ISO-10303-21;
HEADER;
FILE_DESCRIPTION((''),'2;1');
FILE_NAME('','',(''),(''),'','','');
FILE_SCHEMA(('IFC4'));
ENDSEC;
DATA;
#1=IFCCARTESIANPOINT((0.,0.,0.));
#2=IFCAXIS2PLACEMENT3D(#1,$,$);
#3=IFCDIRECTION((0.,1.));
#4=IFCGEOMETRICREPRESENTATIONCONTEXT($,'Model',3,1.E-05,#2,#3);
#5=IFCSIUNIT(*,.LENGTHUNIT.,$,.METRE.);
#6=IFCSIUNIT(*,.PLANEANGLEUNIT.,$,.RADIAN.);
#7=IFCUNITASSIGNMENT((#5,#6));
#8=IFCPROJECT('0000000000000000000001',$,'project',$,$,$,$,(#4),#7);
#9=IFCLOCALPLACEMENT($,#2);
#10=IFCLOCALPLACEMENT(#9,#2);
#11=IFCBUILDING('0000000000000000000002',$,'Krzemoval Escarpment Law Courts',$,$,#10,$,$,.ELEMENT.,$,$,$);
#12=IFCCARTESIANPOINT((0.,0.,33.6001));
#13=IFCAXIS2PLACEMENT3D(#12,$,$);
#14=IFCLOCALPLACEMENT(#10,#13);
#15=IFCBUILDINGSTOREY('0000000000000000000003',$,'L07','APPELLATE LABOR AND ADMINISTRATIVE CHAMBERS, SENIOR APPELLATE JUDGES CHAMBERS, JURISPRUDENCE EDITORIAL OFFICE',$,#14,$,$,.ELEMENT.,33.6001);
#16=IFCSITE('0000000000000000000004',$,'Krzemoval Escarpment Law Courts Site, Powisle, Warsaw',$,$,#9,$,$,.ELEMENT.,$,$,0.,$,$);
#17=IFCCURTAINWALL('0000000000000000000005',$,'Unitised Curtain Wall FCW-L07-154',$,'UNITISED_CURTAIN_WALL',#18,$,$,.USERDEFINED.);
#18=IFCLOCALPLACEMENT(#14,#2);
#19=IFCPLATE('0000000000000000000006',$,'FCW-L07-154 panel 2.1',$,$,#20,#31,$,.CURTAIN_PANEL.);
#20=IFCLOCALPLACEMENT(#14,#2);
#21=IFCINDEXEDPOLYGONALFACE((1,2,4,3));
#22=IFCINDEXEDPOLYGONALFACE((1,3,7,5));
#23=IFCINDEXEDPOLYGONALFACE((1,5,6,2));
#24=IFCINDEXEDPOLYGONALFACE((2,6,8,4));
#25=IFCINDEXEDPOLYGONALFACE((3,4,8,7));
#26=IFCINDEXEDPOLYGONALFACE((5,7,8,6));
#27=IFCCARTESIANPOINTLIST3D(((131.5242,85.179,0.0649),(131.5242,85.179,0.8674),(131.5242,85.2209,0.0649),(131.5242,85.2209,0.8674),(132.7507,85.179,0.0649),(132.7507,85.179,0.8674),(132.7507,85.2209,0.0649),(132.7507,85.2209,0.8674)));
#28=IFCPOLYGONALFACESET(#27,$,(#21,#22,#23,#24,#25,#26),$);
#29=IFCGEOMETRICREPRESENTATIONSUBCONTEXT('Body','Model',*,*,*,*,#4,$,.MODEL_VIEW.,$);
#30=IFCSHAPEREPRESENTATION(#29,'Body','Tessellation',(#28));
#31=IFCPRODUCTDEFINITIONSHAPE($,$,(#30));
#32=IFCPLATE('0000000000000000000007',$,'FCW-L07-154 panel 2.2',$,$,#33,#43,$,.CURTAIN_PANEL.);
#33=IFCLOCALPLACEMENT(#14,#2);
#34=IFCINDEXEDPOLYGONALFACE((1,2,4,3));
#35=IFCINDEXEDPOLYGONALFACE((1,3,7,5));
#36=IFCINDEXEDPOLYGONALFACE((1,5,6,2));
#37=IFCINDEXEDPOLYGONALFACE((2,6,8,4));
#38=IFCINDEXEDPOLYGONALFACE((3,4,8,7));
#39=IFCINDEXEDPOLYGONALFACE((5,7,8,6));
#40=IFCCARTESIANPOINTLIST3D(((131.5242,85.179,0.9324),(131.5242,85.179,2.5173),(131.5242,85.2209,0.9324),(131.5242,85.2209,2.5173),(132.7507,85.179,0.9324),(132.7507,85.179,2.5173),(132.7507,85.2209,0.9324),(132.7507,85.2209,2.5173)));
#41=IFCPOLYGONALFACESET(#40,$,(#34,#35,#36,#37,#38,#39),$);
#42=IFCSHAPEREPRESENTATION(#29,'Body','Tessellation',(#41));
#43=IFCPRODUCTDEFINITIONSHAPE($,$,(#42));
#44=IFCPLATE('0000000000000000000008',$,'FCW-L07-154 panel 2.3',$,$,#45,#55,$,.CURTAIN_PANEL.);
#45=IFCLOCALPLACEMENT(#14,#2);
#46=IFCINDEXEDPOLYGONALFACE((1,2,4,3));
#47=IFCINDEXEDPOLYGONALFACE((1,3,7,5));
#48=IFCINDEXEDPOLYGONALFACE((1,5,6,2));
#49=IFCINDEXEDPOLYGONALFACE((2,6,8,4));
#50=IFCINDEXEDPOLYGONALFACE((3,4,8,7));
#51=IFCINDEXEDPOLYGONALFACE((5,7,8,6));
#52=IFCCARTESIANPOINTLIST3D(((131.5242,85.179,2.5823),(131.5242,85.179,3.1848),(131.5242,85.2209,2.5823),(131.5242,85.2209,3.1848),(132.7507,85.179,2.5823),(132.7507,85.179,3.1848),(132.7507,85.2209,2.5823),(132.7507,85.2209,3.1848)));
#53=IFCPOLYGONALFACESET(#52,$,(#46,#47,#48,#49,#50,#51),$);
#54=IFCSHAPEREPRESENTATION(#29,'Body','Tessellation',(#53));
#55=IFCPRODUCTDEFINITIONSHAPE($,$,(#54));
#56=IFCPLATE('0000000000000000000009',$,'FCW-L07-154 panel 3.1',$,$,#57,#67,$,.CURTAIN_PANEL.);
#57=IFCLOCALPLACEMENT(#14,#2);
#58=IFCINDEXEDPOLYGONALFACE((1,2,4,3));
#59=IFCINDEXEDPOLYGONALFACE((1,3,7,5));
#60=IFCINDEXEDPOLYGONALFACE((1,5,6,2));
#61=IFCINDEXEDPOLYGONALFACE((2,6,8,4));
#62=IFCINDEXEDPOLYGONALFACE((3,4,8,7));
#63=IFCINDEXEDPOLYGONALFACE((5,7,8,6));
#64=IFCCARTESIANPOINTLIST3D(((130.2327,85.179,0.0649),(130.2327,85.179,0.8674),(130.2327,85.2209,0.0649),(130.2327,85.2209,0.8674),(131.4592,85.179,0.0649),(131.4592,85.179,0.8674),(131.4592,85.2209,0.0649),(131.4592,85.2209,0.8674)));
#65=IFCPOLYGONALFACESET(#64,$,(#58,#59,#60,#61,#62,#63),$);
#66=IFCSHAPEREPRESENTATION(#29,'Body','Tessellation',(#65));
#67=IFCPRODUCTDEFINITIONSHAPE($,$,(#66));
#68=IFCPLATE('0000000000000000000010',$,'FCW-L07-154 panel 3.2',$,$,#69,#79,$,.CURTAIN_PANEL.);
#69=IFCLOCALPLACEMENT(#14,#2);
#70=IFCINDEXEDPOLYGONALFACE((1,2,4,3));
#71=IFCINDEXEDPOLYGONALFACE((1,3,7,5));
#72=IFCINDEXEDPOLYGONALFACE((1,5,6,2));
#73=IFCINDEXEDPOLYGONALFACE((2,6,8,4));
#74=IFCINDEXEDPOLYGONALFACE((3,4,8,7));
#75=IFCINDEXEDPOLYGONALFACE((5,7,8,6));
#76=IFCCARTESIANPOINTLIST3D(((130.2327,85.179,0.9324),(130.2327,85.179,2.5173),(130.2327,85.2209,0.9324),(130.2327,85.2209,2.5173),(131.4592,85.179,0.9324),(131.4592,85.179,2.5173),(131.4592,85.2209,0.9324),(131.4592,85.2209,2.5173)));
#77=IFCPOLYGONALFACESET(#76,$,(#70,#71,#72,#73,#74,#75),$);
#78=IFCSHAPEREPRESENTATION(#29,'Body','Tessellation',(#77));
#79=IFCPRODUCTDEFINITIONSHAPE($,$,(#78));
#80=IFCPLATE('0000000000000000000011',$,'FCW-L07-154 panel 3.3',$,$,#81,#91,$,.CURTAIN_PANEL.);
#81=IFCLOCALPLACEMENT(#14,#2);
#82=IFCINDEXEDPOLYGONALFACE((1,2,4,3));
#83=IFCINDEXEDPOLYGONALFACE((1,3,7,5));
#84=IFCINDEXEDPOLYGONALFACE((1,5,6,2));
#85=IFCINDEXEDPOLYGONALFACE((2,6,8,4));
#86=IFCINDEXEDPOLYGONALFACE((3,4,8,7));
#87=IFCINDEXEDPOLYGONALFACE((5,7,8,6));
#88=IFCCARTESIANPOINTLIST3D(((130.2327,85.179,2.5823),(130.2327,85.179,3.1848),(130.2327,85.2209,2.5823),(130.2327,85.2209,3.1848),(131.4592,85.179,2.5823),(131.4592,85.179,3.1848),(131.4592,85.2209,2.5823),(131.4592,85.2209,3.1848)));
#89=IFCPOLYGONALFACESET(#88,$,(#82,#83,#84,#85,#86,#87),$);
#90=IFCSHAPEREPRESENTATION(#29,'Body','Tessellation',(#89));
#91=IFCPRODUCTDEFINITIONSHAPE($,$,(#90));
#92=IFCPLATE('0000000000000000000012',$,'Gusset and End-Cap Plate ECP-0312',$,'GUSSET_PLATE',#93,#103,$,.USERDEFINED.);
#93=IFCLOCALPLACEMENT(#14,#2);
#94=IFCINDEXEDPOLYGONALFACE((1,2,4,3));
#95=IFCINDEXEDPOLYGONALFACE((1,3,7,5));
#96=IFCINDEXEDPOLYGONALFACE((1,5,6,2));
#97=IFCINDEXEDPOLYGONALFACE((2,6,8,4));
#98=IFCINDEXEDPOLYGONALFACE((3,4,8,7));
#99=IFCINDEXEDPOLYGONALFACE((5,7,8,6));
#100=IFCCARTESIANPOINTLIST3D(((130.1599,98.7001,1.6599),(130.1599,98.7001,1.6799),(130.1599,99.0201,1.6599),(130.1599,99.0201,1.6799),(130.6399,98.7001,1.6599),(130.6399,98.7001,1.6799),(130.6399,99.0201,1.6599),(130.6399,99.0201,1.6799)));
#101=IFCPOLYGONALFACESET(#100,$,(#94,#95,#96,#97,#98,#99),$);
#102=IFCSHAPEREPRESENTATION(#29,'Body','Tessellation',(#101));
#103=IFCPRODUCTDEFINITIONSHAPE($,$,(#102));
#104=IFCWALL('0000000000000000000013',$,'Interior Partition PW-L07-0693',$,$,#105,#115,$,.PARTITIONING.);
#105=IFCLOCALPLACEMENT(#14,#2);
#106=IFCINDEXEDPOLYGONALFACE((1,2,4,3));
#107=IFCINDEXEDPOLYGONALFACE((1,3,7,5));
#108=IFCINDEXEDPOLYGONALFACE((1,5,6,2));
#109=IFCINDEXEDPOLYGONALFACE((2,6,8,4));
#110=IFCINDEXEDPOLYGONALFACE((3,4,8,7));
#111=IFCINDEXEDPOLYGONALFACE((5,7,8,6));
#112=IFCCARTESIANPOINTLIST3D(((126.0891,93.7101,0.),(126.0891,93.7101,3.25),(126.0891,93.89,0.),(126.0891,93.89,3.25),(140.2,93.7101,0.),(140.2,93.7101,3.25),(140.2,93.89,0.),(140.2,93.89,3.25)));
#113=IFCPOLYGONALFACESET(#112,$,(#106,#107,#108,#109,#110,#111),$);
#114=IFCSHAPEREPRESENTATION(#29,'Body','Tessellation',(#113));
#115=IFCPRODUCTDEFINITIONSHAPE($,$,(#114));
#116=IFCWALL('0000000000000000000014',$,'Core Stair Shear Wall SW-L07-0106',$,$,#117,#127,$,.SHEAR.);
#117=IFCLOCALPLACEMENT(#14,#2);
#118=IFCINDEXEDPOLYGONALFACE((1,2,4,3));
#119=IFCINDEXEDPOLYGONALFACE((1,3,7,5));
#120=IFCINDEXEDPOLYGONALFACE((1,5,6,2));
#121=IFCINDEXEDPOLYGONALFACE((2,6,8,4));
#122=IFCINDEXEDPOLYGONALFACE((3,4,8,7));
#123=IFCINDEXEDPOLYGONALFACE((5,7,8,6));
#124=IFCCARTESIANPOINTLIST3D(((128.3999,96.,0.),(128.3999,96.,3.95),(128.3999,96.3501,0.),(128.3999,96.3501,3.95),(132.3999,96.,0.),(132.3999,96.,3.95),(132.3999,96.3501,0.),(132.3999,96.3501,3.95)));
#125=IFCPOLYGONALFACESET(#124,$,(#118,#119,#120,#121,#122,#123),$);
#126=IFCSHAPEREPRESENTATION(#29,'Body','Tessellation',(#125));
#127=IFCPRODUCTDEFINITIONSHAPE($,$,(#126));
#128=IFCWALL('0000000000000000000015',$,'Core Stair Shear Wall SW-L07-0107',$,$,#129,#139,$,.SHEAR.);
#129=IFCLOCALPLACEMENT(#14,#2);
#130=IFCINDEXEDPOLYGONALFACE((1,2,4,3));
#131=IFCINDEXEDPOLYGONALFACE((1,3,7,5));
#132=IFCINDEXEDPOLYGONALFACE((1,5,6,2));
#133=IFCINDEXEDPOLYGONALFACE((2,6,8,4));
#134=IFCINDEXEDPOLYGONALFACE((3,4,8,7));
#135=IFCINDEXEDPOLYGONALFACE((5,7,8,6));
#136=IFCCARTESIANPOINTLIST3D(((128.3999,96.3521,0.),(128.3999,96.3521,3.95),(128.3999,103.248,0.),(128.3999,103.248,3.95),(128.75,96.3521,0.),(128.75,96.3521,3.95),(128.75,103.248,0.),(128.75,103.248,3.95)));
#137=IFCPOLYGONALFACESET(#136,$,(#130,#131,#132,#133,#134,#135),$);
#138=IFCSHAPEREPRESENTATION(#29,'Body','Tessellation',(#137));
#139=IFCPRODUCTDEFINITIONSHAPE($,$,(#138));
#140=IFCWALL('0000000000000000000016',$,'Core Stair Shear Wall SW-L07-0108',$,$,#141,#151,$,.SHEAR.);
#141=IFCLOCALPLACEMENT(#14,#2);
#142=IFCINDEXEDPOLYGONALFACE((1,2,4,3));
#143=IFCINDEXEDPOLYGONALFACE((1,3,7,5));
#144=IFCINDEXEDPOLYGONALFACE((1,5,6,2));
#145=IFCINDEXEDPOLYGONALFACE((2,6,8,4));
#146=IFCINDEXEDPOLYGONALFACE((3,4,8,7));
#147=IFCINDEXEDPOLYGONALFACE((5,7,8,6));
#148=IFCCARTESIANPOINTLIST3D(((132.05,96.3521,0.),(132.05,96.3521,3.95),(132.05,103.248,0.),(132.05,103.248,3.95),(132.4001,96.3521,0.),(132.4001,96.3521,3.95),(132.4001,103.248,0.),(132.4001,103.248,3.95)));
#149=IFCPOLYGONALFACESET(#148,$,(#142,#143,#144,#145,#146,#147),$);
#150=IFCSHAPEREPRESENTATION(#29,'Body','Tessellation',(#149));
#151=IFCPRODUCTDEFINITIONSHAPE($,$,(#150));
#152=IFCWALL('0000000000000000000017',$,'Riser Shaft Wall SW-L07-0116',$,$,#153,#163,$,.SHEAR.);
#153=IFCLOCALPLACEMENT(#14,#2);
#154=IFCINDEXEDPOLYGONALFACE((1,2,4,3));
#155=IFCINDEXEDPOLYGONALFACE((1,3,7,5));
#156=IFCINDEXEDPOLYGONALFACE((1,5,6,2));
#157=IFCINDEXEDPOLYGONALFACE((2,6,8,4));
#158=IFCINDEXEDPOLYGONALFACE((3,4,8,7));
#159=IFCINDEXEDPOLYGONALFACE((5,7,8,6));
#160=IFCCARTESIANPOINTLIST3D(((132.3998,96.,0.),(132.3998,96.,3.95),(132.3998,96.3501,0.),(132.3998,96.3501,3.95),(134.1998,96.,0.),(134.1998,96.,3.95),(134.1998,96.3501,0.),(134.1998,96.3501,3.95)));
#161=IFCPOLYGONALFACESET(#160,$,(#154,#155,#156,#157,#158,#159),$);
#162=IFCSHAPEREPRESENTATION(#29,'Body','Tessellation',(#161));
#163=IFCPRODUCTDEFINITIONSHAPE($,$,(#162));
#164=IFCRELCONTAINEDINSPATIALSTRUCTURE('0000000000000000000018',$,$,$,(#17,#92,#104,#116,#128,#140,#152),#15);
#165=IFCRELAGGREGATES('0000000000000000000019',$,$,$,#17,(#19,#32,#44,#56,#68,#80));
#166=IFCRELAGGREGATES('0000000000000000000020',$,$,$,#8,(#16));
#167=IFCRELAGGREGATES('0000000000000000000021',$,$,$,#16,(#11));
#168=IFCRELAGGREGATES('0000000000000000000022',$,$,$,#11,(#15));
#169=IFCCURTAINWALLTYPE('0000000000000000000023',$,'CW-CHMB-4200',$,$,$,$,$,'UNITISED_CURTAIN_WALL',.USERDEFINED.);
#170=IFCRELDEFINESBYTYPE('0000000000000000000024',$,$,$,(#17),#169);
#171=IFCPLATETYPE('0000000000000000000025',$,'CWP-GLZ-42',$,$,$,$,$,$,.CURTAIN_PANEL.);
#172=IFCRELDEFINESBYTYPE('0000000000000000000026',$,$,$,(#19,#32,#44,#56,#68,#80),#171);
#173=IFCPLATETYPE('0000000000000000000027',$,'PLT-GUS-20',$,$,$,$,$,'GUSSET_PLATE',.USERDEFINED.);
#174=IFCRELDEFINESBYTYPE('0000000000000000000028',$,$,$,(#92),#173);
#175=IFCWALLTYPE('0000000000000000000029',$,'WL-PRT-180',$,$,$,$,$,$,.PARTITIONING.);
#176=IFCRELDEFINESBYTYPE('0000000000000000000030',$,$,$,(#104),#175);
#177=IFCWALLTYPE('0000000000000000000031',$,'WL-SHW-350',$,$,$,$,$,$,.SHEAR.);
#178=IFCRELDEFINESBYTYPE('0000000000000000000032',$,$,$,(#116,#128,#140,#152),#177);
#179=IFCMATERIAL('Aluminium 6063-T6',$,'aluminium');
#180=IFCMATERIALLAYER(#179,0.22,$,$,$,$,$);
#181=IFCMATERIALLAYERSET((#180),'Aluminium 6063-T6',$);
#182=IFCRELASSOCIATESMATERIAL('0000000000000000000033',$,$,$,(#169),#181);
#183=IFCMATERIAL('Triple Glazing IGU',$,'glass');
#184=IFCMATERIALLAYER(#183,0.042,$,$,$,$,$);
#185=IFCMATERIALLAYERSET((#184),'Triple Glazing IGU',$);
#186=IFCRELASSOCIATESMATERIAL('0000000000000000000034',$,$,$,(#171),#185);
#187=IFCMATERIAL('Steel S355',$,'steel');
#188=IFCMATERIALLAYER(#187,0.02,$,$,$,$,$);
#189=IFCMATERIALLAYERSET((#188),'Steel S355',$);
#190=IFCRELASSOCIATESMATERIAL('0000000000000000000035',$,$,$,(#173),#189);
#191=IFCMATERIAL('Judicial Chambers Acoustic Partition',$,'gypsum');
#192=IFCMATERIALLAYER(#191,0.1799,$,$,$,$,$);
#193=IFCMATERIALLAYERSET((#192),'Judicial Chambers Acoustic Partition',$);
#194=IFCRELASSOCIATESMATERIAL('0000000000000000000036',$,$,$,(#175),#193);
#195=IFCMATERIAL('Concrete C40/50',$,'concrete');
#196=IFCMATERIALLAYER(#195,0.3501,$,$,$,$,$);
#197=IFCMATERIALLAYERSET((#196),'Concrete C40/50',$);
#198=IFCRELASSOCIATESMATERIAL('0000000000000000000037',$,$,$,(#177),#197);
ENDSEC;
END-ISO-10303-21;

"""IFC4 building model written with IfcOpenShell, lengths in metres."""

from ifc_helpers import new_model, si_unit, direction, frame, frame_2d, origin, origin_2d, place, context, subcontext, project, spatial, rectangle, extrude, material, layer, layer_set, type_object, element, aggregate, save


model = new_model("IFC4")

# Units and contexts
model_context = context("Model", 3, precision=1e-05, world=origin(), true_north=direction((0.0, 1.0)))
body_context = subcontext(model_context, "Body", "Model", "MODEL_VIEW")
ifc_project = project(units=[si_unit("LENGTHUNIT", "METRE"), si_unit("PLANEANGLEUNIT", "RADIAN")], contexts=[model_context])

# Site, building, storey
site_placement = place(None, origin())
site = spatial("IfcSite", under=ifc_project, at=site_placement, Name="Krzemoval Escarpment Law Courts Site, Powisle, Warsaw", CompositionType="ELEMENT", RefElevation=0.0)
building_placement = place(site_placement, origin())
building = spatial("IfcBuilding", under=site, at=building_placement, Name="Krzemoval Escarpment Law Courts", CompositionType="ELEMENT")
storey_placement = place(building_placement, frame((0.0, 0.0, 33.6001)))
storey = spatial("IfcBuildingStorey", under=building, at=storey_placement, Name="L07", Description="APPELLATE LABOR AND ADMINISTRATIVE CHAMBERS, SENIOR APPELLATE JUDGES CHAMBERS, JURISPRUDENCE EDITORIAL OFFICE", CompositionType="ELEMENT", Elevation=33.6001)

# Curtain wall
ifc_material_1 = material(Name="Aluminium 6063-T6", Category="aluminium")
ifc_layer_1 = layer(ifc_material_1, 0.22)
ifc_layer_set_1 = layer_set([ifc_layer_1], Name="Aluminium 6063-T6")
curtain_wall_type = type_object("IfcCurtainWallType", Name="CW-CHMB-4200", ElementType="UNITISED_CURTAIN_WALL", PredefinedType="USERDEFINED", material=ifc_layer_set_1)
curtain_wall_placement = place(storey_placement, origin())
curtain_wall = element("IfcCurtainWall", 1, at=curtain_wall_placement, inside=storey, type_object=curtain_wall_type, Name="Unitised Curtain Wall FCW-L07-154", ObjectType="UNITISED_CURTAIN_WALL", PredefinedType="USERDEFINED")

# Plates
ifc_material_2 = material(Name="Triple Glazing IGU", Category="glass")
ifc_layer_2 = layer(ifc_material_2, 0.042)
ifc_layer_set_2 = layer_set([ifc_layer_2], Name="Triple Glazing IGU")
plate_type_1 = type_object("IfcPlateType", Name="CWP-GLZ-42", PredefinedType="CURTAIN_PANEL", material=ifc_layer_set_2)
plate_1_placement = place(storey_placement, frame((132.1375, 85.2, 0.0649), z_axis=(0.0, 0.0, 1.0), x_axis=(-1.0, 0.0, 0.0)))
plate_1 = element("IfcPlate", 2, at=plate_1_placement, type_object=plate_type_1, Name="FCW-L07-154 panel 2.1", PredefinedType="CURTAIN_PANEL", context=body_context, shape_type="SweptSolid", body=[
    extrude(rectangle(XDim=1.2266, YDim=0.042, at=origin_2d()), origin(), (0.0, 0.0, 1.0), 0.8025),
])
plate_2_placement = place(storey_placement, frame((132.1375, 85.2, 0.9324), z_axis=(0.0, 0.0, 1.0), x_axis=(-1.0, 0.0, 0.0)))
plate_2 = element("IfcPlate", 3, at=plate_2_placement, type_object=plate_type_1, Name="FCW-L07-154 panel 2.2", PredefinedType="CURTAIN_PANEL", context=body_context, shape_type="SweptSolid", body=[
    extrude(rectangle(XDim=1.2266, YDim=0.042, at=origin_2d()), origin(), (0.0, 0.0, 1.0), 1.585),
])
plate_3_placement = place(storey_placement, frame((132.1375, 85.2, 2.5823), z_axis=(0.0, 0.0, 1.0), x_axis=(-1.0, 0.0, 0.0)))
plate_3 = element("IfcPlate", 4, at=plate_3_placement, type_object=plate_type_1, Name="FCW-L07-154 panel 2.3", PredefinedType="CURTAIN_PANEL", context=body_context, shape_type="SweptSolid", body=[
    extrude(rectangle(XDim=1.2266, YDim=0.042, at=origin_2d()), origin(), (0.0, 0.0, 1.0), 0.6025),
])
plate_4_placement = place(storey_placement, frame((130.8459, 85.2, 0.0649), z_axis=(0.0, 0.0, 1.0), x_axis=(-1.0, 0.0, 0.0)))
plate_4 = element("IfcPlate", 5, at=plate_4_placement, type_object=plate_type_1, Name="FCW-L07-154 panel 3.1", PredefinedType="CURTAIN_PANEL", context=body_context, shape_type="SweptSolid", body=[
    extrude(rectangle(XDim=1.2266, YDim=0.042, at=origin_2d()), origin(), (0.0, 0.0, 1.0), 0.8025),
])
plate_5_placement = place(storey_placement, frame((130.8459, 85.2, 0.9324), z_axis=(0.0, 0.0, 1.0), x_axis=(-1.0, 0.0, 0.0)))
plate_5 = element("IfcPlate", 6, at=plate_5_placement, type_object=plate_type_1, Name="FCW-L07-154 panel 3.2", PredefinedType="CURTAIN_PANEL", context=body_context, shape_type="SweptSolid", body=[
    extrude(rectangle(XDim=1.2266, YDim=0.042, at=origin_2d()), origin(), (0.0, 0.0, 1.0), 1.585),
])
plate_6_placement = place(storey_placement, frame((130.8459, 85.2, 2.5823), z_axis=(0.0, 0.0, 1.0), x_axis=(-1.0, 0.0, 0.0)))
plate_6 = element("IfcPlate", 7, at=plate_6_placement, type_object=plate_type_1, Name="FCW-L07-154 panel 3.3", PredefinedType="CURTAIN_PANEL", context=body_context, shape_type="SweptSolid", body=[
    extrude(rectangle(XDim=1.2266, YDim=0.042, at=origin_2d()), origin(), (0.0, 0.0, 1.0), 0.6025),
])
aggregate(curtain_wall, [plate_1, plate_2, plate_3, plate_4, plate_5, plate_6])
ifc_material_3 = material(Name="Steel S355", Category="steel")
ifc_layer_3 = layer(ifc_material_3, 0.02)
ifc_layer_set_3 = layer_set([ifc_layer_3], Name="Steel S355")
plate_type_2 = type_object("IfcPlateType", Name="PLT-GUS-20", ElementType="GUSSET_PLATE", PredefinedType="USERDEFINED", material=ifc_layer_set_3)
plate_7_placement = place(storey_placement, frame((130.3999, 98.8601, 1.6599), z_axis=(0.0, 0.0, 1.0), x_axis=(1.0, 0.0, 0.0)))
element("IfcPlate", 8, at=plate_7_placement, inside=storey, type_object=plate_type_2, Name="Gusset and End-Cap Plate ECP-0312", ObjectType="GUSSET_PLATE", PredefinedType="USERDEFINED", context=body_context, shape_type="SweptSolid", body=[
    extrude(rectangle(XDim=0.48, YDim=0.3201, at=origin_2d()), origin(), (0.0, 0.0, 1.0), 0.02),
])

# Walls
ifc_material_4 = material(Name="Judicial Chambers Acoustic Partition", Category="gypsum")
ifc_layer_4 = layer(ifc_material_4, 0.1799)
ifc_layer_set_4 = layer_set([ifc_layer_4], Name="Judicial Chambers Acoustic Partition")
wall_type_1 = type_object("IfcWallType", Name="WL-PRT-180", PredefinedType="PARTITIONING", material=ifc_layer_set_4)
wall_1_placement = place(storey_placement, frame((126.0891, 93.8, 0.0), z_axis=(0.0, 0.0, 1.0), x_axis=(1.0, 0.0, 0.0)))
element("IfcWall", 9, at=wall_1_placement, inside=storey, type_object=wall_type_1, Name="Interior Partition PW-L07-0693", PredefinedType="PARTITIONING", context=body_context, shape_type="SweptSolid", body=[
    extrude(rectangle(XDim=14.1108, YDim=0.1799, at=frame_2d((7.0554, 0.0))), origin(), (0.0, 0.0, 1.0), 3.25),
])
ifc_material_5 = material(Name="Concrete C40/50", Category="concrete")
ifc_layer_5 = layer(ifc_material_5, 0.3501)
ifc_layer_set_5 = layer_set([ifc_layer_5], Name="Concrete C40/50")
wall_type_2 = type_object("IfcWallType", Name="WL-SHW-350", PredefinedType="SHEAR", material=ifc_layer_set_5)
wall_2_placement = place(storey_placement, frame((128.3999, 96.175, 0.0), z_axis=(0.0, 0.0, 1.0), x_axis=(1.0, 0.0, 0.0)))
element("IfcWall", 10, at=wall_2_placement, inside=storey, type_object=wall_type_2, Name="Core Stair Shear Wall SW-L07-0106", PredefinedType="SHEAR", context=body_context, shape_type="SweptSolid", body=[
    extrude(rectangle(XDim=4.0, YDim=0.3501, at=frame_2d((2.0, 0.0))), origin(), (0.0, 0.0, 1.0), 3.95),
])
for number, where, z_axis, x_axis, name in (
    (11, (128.575, 96.3521, 0.0), (0.0, 0.0, 1.0), (0.0, 1.0, 0.0), "Core Stair Shear Wall SW-L07-0107"),
    (12, (132.2251, 96.3521, 0.0), (0.0, 0.0, 1.0), (0.0, 1.0, 0.0), "Core Stair Shear Wall SW-L07-0108"),
):
    element("IfcWall", number, at=place(storey_placement, frame(where, z_axis=z_axis, x_axis=x_axis)), inside=storey, type_object=wall_type_2, Name=name, PredefinedType="SHEAR", context=body_context, shape_type="SweptSolid", body=[
        extrude(rectangle(XDim=6.896, YDim=0.3501, at=frame_2d((3.448, 0.0))), origin(), (0.0, 0.0, 1.0), 3.95),
    ])
wall_3_placement = place(storey_placement, frame((132.3999, 96.175, 0.0), z_axis=(0.0, 0.0, 1.0), x_axis=(1.0, 0.0, 0.0)))
element("IfcWall", 13, at=wall_3_placement, inside=storey, type_object=wall_type_2, Name="Riser Shaft Wall SW-L07-0116", PredefinedType="SHEAR", context=body_context, shape_type="SweptSolid", body=[
    extrude(rectangle(XDim=1.8, YDim=0.3501, at=frame_2d((0.8999, 0.0))), origin(), (0.0, 0.0, 1.0), 3.95),
])

save(model, "model.ifc")
